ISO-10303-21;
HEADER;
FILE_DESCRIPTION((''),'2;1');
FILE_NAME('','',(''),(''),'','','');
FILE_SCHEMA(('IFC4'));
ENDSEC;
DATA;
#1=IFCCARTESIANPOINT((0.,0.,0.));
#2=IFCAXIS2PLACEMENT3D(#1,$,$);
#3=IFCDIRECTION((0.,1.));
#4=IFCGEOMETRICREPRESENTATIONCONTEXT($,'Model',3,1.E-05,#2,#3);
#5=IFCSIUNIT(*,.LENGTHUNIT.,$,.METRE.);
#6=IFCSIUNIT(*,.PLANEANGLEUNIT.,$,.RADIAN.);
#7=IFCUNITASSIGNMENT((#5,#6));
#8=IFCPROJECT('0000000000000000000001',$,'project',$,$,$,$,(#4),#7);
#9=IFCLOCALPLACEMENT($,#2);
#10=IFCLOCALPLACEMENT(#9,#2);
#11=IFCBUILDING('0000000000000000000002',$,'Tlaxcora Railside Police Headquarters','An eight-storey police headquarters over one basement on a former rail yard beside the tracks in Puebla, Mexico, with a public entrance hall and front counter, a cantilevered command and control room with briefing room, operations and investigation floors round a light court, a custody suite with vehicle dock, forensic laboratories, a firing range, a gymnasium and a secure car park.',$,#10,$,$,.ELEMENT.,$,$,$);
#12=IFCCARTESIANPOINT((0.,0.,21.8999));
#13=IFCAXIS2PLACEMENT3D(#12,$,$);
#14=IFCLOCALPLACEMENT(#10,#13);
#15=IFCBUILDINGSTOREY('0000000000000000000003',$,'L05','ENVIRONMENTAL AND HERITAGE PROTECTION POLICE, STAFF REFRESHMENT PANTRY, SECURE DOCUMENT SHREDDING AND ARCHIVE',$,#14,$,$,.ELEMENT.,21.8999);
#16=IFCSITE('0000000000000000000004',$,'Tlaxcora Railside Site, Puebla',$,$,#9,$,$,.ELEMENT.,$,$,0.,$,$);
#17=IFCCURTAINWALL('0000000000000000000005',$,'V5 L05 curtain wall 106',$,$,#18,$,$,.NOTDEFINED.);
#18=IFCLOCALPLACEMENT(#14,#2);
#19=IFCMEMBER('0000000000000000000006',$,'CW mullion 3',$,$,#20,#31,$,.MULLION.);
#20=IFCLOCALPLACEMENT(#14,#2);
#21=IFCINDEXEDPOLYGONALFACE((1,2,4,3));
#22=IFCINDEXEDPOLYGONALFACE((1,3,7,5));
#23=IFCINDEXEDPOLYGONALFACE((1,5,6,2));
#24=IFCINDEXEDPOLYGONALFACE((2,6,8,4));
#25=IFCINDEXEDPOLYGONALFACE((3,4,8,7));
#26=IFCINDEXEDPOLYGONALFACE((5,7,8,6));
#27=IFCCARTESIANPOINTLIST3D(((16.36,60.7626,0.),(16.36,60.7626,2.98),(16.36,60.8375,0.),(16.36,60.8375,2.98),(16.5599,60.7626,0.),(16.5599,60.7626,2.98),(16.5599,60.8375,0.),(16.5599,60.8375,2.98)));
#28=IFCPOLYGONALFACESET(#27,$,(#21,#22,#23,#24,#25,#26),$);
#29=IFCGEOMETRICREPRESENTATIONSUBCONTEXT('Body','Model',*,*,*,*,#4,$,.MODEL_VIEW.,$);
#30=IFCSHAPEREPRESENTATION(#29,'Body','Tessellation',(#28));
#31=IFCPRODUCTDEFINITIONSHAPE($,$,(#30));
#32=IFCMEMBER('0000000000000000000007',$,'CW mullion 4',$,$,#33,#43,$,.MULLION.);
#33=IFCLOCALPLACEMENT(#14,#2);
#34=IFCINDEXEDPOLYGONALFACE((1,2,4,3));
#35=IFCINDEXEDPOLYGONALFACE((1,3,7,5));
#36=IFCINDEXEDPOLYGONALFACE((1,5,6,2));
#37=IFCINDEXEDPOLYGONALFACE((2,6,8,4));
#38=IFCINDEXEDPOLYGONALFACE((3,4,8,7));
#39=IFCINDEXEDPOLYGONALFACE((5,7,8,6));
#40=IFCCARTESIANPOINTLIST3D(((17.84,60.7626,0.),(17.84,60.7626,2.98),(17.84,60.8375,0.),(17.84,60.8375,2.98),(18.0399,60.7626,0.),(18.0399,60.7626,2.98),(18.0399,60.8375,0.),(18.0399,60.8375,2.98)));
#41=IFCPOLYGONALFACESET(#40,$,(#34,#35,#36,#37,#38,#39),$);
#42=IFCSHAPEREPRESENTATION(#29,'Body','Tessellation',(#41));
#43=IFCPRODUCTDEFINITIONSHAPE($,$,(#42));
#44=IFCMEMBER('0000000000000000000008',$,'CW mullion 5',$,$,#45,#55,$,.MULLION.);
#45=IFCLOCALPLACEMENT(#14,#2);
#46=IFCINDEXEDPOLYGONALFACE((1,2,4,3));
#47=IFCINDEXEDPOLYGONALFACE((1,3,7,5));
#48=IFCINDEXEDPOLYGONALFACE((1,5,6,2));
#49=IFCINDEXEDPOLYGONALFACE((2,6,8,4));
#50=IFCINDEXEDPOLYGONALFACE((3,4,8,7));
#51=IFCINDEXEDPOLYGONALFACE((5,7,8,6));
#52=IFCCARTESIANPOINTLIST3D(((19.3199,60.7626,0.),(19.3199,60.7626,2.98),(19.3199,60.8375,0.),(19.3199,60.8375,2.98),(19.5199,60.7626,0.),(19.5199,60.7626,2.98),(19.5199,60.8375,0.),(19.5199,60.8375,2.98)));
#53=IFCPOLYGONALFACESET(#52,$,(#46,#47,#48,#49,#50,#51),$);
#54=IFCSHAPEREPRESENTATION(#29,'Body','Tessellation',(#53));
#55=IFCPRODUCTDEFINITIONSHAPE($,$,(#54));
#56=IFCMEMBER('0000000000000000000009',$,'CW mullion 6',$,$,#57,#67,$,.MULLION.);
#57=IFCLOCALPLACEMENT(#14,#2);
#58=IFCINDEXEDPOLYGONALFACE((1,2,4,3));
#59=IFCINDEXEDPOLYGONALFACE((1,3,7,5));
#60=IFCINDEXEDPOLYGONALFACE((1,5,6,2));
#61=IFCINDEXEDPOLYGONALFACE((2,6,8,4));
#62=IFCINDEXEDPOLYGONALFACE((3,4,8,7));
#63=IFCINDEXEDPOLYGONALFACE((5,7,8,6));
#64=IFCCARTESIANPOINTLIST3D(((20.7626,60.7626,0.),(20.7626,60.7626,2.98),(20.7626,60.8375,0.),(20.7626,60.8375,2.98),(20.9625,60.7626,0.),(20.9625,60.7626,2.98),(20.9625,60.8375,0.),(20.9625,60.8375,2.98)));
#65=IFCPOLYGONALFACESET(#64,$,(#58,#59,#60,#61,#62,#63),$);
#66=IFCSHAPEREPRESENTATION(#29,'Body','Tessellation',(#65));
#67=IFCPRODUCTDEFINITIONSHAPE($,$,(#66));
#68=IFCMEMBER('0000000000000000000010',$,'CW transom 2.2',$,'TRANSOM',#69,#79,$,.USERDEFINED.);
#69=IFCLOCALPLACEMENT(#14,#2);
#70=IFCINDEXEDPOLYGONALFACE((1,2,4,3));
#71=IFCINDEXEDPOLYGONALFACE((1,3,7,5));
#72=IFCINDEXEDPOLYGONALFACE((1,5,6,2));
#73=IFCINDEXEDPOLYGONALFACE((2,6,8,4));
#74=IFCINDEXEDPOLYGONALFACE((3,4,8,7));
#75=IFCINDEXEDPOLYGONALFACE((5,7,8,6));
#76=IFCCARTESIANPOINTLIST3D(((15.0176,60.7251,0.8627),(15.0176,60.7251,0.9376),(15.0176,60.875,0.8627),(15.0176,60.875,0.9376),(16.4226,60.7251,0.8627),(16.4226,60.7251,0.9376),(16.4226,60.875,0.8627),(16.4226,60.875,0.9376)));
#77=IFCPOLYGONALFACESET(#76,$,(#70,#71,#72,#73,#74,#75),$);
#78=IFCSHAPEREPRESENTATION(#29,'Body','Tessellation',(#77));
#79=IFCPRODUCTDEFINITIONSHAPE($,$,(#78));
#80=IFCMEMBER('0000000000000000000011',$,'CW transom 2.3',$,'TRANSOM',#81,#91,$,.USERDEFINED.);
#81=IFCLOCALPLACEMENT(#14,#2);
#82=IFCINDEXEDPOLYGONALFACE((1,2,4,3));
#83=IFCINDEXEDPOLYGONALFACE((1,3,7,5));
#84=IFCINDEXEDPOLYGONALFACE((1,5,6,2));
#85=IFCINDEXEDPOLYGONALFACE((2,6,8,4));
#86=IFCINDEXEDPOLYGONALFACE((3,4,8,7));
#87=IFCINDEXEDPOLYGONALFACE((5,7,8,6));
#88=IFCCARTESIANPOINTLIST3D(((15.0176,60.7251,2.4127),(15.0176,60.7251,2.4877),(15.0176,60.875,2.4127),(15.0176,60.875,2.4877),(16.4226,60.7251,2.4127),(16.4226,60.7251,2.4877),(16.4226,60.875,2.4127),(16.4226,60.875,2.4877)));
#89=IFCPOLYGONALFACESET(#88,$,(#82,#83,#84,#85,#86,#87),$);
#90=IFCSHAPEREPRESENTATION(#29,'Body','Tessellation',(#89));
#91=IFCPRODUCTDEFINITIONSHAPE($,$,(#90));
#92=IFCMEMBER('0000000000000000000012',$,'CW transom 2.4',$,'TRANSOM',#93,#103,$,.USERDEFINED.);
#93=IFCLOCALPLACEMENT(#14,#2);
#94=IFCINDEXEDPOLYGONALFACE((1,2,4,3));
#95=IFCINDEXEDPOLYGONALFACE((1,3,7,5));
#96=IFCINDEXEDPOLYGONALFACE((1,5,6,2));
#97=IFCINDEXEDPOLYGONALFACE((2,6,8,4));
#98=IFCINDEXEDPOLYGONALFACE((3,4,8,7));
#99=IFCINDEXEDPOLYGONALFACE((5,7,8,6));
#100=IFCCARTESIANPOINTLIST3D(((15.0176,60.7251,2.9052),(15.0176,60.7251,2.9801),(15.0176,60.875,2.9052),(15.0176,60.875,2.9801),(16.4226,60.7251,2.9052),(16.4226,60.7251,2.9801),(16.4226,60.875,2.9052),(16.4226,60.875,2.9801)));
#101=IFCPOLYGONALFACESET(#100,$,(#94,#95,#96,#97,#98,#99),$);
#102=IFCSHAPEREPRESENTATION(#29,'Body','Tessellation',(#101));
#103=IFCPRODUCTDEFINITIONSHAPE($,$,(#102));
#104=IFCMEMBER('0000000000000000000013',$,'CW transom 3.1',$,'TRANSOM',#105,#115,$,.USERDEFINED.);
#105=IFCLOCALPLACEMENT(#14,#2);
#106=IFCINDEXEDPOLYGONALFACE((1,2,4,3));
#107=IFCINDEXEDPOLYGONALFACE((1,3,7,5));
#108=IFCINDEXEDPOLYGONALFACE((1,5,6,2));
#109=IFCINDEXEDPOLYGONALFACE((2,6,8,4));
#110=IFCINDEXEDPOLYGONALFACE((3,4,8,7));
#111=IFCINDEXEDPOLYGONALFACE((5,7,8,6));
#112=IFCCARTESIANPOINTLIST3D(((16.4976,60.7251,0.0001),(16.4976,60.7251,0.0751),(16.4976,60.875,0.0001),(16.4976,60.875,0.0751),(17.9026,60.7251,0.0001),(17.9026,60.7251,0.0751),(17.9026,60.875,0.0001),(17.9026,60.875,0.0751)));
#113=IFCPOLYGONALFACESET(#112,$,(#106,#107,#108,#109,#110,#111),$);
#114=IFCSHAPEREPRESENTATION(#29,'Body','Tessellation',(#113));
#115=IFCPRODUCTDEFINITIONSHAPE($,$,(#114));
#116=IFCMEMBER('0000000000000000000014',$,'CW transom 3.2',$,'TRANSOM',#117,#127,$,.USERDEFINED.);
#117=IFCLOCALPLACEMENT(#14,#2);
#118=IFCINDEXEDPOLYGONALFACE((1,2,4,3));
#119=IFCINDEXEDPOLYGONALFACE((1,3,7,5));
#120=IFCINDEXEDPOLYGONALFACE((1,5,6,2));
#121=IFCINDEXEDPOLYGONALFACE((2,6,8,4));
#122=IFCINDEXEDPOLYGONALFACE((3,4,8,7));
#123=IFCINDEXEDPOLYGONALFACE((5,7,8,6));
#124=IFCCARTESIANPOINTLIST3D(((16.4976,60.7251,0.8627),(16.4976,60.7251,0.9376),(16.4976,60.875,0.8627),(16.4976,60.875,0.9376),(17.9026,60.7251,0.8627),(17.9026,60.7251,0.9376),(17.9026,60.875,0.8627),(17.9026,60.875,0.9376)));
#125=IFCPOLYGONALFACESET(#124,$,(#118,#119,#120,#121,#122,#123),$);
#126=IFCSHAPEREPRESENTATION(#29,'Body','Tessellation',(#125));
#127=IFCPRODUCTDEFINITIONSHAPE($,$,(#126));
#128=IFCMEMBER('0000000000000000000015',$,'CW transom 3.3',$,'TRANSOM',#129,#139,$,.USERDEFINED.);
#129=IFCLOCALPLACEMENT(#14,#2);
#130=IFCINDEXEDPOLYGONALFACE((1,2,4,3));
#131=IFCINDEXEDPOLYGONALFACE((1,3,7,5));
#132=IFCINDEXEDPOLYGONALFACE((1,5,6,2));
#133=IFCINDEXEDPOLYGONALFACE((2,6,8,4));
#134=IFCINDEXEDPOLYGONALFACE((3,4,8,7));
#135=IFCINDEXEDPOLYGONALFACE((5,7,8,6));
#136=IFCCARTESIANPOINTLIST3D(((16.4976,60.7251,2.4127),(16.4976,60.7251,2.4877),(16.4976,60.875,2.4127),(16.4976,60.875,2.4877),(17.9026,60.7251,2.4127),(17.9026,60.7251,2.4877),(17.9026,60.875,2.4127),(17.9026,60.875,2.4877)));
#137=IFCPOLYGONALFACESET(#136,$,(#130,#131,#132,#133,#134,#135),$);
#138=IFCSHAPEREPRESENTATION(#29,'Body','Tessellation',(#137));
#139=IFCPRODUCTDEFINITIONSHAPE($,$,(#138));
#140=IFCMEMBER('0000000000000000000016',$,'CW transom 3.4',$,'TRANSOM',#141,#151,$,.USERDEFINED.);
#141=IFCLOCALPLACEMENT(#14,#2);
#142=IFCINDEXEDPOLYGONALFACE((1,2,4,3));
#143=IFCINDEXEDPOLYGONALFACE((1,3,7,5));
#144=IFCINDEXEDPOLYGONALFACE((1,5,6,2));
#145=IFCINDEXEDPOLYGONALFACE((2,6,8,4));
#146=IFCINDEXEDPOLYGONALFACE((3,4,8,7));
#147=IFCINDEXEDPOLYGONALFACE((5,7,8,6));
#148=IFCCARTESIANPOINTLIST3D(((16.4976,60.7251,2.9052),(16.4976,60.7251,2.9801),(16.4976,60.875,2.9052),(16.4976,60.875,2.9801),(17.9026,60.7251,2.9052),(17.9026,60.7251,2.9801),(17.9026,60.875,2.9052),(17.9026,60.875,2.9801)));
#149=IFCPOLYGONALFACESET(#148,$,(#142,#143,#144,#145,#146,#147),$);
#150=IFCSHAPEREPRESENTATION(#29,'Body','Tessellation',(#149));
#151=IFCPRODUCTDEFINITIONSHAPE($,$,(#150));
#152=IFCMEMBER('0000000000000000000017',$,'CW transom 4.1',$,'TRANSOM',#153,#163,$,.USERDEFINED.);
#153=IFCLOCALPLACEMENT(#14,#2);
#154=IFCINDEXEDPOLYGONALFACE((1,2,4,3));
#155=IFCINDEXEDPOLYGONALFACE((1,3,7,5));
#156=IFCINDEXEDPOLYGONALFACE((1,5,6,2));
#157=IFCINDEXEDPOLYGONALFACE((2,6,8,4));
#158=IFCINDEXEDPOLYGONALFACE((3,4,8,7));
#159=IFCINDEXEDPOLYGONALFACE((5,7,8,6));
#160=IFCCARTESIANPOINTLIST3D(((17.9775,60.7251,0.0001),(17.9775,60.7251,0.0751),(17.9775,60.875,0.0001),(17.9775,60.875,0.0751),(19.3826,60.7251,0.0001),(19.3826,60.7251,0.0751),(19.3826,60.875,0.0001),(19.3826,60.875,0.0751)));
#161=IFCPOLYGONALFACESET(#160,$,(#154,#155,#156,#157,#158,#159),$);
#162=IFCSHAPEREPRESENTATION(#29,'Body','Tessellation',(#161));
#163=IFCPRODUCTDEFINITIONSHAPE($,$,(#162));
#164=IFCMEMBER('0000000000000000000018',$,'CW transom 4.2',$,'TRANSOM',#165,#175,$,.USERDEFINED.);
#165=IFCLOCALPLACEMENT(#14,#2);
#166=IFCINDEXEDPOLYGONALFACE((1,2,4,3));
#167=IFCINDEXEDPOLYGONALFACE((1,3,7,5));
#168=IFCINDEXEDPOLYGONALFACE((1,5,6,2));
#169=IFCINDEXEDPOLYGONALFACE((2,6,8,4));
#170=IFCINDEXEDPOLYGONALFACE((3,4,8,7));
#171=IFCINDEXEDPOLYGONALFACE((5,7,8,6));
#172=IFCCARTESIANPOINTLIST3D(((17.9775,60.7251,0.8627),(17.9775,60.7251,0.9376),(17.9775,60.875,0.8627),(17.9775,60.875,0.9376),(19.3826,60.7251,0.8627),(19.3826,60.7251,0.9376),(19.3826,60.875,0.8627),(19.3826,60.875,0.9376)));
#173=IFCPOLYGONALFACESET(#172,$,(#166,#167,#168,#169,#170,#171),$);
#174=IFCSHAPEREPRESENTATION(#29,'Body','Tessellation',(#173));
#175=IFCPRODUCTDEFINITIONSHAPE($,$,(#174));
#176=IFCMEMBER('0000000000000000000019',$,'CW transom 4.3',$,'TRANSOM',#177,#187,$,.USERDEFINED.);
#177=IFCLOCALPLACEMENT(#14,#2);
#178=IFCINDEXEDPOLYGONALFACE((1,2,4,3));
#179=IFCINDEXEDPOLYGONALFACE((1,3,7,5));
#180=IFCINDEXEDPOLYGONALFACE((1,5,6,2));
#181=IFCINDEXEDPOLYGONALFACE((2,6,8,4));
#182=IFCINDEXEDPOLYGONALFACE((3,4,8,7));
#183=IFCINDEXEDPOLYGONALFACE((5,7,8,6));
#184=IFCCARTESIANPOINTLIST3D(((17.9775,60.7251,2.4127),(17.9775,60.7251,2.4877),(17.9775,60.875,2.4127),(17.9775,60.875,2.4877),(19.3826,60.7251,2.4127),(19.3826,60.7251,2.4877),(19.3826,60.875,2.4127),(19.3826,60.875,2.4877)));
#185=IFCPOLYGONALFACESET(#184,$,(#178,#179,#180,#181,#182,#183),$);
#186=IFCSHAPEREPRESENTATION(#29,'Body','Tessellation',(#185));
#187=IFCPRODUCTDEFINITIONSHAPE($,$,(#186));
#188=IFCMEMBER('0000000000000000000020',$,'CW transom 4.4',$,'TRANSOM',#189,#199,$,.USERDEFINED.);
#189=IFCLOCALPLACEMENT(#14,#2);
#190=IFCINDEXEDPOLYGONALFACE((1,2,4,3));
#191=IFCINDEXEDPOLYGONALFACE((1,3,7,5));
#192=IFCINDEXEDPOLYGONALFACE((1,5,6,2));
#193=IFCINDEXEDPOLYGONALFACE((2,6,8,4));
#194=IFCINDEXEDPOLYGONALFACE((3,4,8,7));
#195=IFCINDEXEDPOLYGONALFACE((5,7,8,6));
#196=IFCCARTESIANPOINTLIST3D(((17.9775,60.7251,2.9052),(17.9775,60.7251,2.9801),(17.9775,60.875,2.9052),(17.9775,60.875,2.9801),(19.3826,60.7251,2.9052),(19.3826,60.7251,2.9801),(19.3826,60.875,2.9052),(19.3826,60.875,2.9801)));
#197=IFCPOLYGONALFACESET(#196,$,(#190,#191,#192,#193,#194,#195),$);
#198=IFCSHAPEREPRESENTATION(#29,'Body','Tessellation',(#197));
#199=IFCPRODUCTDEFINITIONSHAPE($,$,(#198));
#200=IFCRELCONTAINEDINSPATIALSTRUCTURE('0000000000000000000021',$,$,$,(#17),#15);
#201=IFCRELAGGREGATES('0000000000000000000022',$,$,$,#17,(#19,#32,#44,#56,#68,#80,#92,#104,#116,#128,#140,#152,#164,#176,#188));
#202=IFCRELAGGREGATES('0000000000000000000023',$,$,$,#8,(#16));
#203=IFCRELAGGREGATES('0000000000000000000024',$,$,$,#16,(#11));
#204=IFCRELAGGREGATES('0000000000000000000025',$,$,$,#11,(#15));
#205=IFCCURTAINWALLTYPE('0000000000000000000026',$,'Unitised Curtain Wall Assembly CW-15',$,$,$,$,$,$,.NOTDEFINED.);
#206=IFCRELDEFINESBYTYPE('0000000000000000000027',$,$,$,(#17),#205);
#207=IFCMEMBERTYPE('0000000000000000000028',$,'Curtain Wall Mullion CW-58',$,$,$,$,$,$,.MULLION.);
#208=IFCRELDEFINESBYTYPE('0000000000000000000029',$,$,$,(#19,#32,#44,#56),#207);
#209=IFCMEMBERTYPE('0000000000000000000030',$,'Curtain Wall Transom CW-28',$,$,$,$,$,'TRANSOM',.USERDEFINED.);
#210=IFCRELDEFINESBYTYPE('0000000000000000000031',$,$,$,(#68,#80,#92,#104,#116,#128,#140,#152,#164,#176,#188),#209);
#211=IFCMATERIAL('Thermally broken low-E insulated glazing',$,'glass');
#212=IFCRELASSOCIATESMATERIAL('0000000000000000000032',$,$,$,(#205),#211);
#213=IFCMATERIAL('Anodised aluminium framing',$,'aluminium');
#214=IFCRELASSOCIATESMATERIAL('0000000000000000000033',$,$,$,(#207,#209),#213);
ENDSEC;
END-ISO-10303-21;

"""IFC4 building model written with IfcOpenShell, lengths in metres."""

from ifc_helpers import new_model, si_unit, direction, frame, origin, origin_2d, place, context, subcontext, project, spatial, rectangle, extrude, material, material_profile, profile_set, type_object, element, aggregate, save


model = new_model("IFC4")

# Units and contexts
model_context = context("Model", 3, precision=1e-05, world=origin(), true_north=direction((0.0, 1.0)))
body_context = subcontext(model_context, "Body", "Model", "MODEL_VIEW")
ifc_project = project(units=[si_unit("LENGTHUNIT", "METRE"), si_unit("PLANEANGLEUNIT", "RADIAN")], contexts=[model_context])

# Site, building, storey
site_placement = place(None, origin())
site = spatial("IfcSite", under=ifc_project, at=site_placement, Name="Tlaxcora Railside Site, Puebla", CompositionType="ELEMENT", RefElevation=0.0)
building_placement = place(site_placement, origin())
building = spatial("IfcBuilding", under=site, at=building_placement, Name="Tlaxcora Railside Police Headquarters", Description="An eight-storey police headquarters over one basement on a former rail yard beside the tracks in Puebla, Mexico, with a public entrance hall and front counter, a cantilevered command and control room with briefing room, operations and investigation floors round a light court, a custody suite with vehicle dock, forensic laboratories, a firing range, a gymnasium and a secure car park.", CompositionType="ELEMENT")
storey_placement = place(building_placement, frame((0.0, 0.0, 21.8999)))
storey = spatial("IfcBuildingStorey", under=building, at=storey_placement, Name="L05", Description="ENVIRONMENTAL AND HERITAGE PROTECTION POLICE, STAFF REFRESHMENT PANTRY, SECURE DOCUMENT SHREDDING AND ARCHIVE", CompositionType="ELEMENT", Elevation=21.8999)

# Curtain wall, members
ifc_material_1 = material(Name="Thermally broken low-E insulated glazing", Category="glass")
curtain_wall_type = type_object("IfcCurtainWallType", Name="Unitised Curtain Wall Assembly CW-15", PredefinedType="NOTDEFINED", material=ifc_material_1)
curtain_wall_placement = place(storey_placement, origin())
curtain_wall = element("IfcCurtainWall", 1, at=curtain_wall_placement, inside=storey, type_object=curtain_wall_type, Name="V5 L05 curtain wall 106", PredefinedType="NOTDEFINED")
ifc_material_2 = material(Name="Anodised aluminium framing", Category="aluminium")
ifc_material_profile_1 = material_profile(ifc_material_2, rectangle(XDim=0.075, YDim=0.2, at=origin_2d()), Name="AL75X200")
ifc_profile_set_1 = profile_set([ifc_material_profile_1], Name="Anodised aluminium framing")
member_type_1 = type_object("IfcMemberType", Name="Curtain Wall Mullion CW-58", PredefinedType="MULLION", material=ifc_profile_set_1)
member_1_placement = place(storey_placement, frame((16.46, 60.8, 0.0), z_axis=(0.0, 0.0, 1.0), x_axis=(0.0, 1.0, 0.0)))
member_1 = element("IfcMember", 2, at=member_1_placement, type_object=member_type_1, Name="CW mullion 3", PredefinedType="MULLION", context=body_context, shape_type="SweptSolid", body=[
    extrude(rectangle(XDim=0.075, YDim=0.2, at=origin_2d()), origin(), (0.0, 0.0, 1.0), 2.98),
])
member_2_placement = place(storey_placement, frame((17.9399, 60.8, 0.0), z_axis=(0.0, 0.0, 1.0), x_axis=(0.0, 1.0, 0.0)))
member_2 = element("IfcMember", 3, at=member_2_placement, type_object=member_type_1, Name="CW mullion 4", PredefinedType="MULLION", context=body_context, shape_type="SweptSolid", body=[
    extrude(rectangle(XDim=0.075, YDim=0.2, at=origin_2d()), origin(), (0.0, 0.0, 1.0), 2.98),
])
member_3_placement = place(storey_placement, frame((19.4199, 60.8, 0.0), z_axis=(0.0, 0.0, 1.0), x_axis=(0.0, 1.0, 0.0)))
member_3 = element("IfcMember", 4, at=member_3_placement, type_object=member_type_1, Name="CW mullion 5", PredefinedType="MULLION", context=body_context, shape_type="SweptSolid", body=[
    extrude(rectangle(XDim=0.075, YDim=0.2, at=origin_2d()), origin(), (0.0, 0.0, 1.0), 2.98),
])
member_4_placement = place(storey_placement, frame((20.8625, 60.8, 0.0), z_axis=(0.0, 0.0, 1.0), x_axis=(0.0, 1.0, 0.0)))
member_4 = element("IfcMember", 5, at=member_4_placement, type_object=member_type_1, Name="CW mullion 6", PredefinedType="MULLION", context=body_context, shape_type="SweptSolid", body=[
    extrude(rectangle(XDim=0.075, YDim=0.2, at=origin_2d()), origin(), (0.0, 0.0, 1.0), 2.98),
])
ifc_material_profile_2 = material_profile(ifc_material_2, rectangle(XDim=0.1499, YDim=0.075, at=origin_2d()), Name="AL75X150")
ifc_profile_set_2 = profile_set([ifc_material_profile_2], Name="Anodised aluminium framing")
member_type_2 = type_object("IfcMemberType", Name="Curtain Wall Transom CW-28", ElementType="TRANSOM", PredefinedType="USERDEFINED", material=ifc_profile_set_2)
member_5_placement = place(storey_placement, frame((15.0176, 60.8, 0.9001), z_axis=(1.0, 0.0, 0.0), x_axis=(0.0, 1.0, 0.0)))
member_5 = element("IfcMember", 6, at=member_5_placement, type_object=member_type_2, Name="CW transom 2.2", ObjectType="TRANSOM", PredefinedType="USERDEFINED", context=body_context, shape_type="SweptSolid", body=[
    extrude(rectangle(XDim=0.1499, YDim=0.075, at=origin_2d()), origin(), (0.0, 0.0, 1.0), 1.405),
])
member_6_placement = place(storey_placement, frame((15.0176, 60.8, 2.4502), z_axis=(1.0, 0.0, 0.0), x_axis=(0.0, 1.0, 0.0)))
member_6 = element("IfcMember", 7, at=member_6_placement, type_object=member_type_2, Name="CW transom 2.3", ObjectType="TRANSOM", PredefinedType="USERDEFINED", context=body_context, shape_type="SweptSolid", body=[
    extrude(rectangle(XDim=0.1499, YDim=0.075, at=origin_2d()), origin(), (0.0, 0.0, 1.0), 1.405),
])
member_7_placement = place(storey_placement, frame((15.0176, 60.8, 2.9426), z_axis=(1.0, 0.0, 0.0), x_axis=(0.0, 1.0, 0.0)))
member_7 = element("IfcMember", 8, at=member_7_placement, type_object=member_type_2, Name="CW transom 2.4", ObjectType="TRANSOM", PredefinedType="USERDEFINED", context=body_context, shape_type="SweptSolid", body=[
    extrude(rectangle(XDim=0.1499, YDim=0.075, at=origin_2d()), origin(), (0.0, 0.0, 1.0), 1.405),
])
member_8_placement = place(storey_placement, frame((16.4976, 60.8, 0.0376), z_axis=(1.0, 0.0, 0.0), x_axis=(0.0, 1.0, 0.0)))
member_8 = element("IfcMember", 9, at=member_8_placement, type_object=member_type_2, Name="CW transom 3.1", ObjectType="TRANSOM", PredefinedType="USERDEFINED", context=body_context, shape_type="SweptSolid", body=[
    extrude(rectangle(XDim=0.1499, YDim=0.075, at=origin_2d()), origin(), (0.0, 0.0, 1.0), 1.405),
])
member_9_placement = place(storey_placement, frame((16.4976, 60.8, 0.9001), z_axis=(1.0, 0.0, 0.0), x_axis=(0.0, 1.0, 0.0)))
member_9 = element("IfcMember", 10, at=member_9_placement, type_object=member_type_2, Name="CW transom 3.2", ObjectType="TRANSOM", PredefinedType="USERDEFINED", context=body_context, shape_type="SweptSolid", body=[
    extrude(rectangle(XDim=0.1499, YDim=0.075, at=origin_2d()), origin(), (0.0, 0.0, 1.0), 1.405),
])
member_10_placement = place(storey_placement, frame((16.4976, 60.8, 2.4502), z_axis=(1.0, 0.0, 0.0), x_axis=(0.0, 1.0, 0.0)))
member_10 = element("IfcMember", 11, at=member_10_placement, type_object=member_type_2, Name="CW transom 3.3", ObjectType="TRANSOM", PredefinedType="USERDEFINED", context=body_context, shape_type="SweptSolid", body=[
    extrude(rectangle(XDim=0.1499, YDim=0.075, at=origin_2d()), origin(), (0.0, 0.0, 1.0), 1.405),
])
member_11_placement = place(storey_placement, frame((16.4976, 60.8, 2.9426), z_axis=(1.0, 0.0, 0.0), x_axis=(0.0, 1.0, 0.0)))
member_11 = element("IfcMember", 12, at=member_11_placement, type_object=member_type_2, Name="CW transom 3.4", ObjectType="TRANSOM", PredefinedType="USERDEFINED", context=body_context, shape_type="SweptSolid", body=[
    extrude(rectangle(XDim=0.1499, YDim=0.075, at=origin_2d()), origin(), (0.0, 0.0, 1.0), 1.405),
])
member_12_placement = place(storey_placement, frame((17.9775, 60.8, 0.0376), z_axis=(1.0, 0.0, 0.0), x_axis=(0.0, 1.0, 0.0)))
member_12 = element("IfcMember", 13, at=member_12_placement, type_object=member_type_2, Name="CW transom 4.1", ObjectType="TRANSOM", PredefinedType="USERDEFINED", context=body_context, shape_type="SweptSolid", body=[
    extrude(rectangle(XDim=0.1499, YDim=0.075, at=origin_2d()), origin(), (0.0, 0.0, 1.0), 1.405),
])
member_13_placement = place(storey_placement, frame((17.9775, 60.8, 0.9001), z_axis=(1.0, 0.0, 0.0), x_axis=(0.0, 1.0, 0.0)))
member_13 = element("IfcMember", 14, at=member_13_placement, type_object=member_type_2, Name="CW transom 4.2", ObjectType="TRANSOM", PredefinedType="USERDEFINED", context=body_context, shape_type="SweptSolid", body=[
    extrude(rectangle(XDim=0.1499, YDim=0.075, at=origin_2d()), origin(), (0.0, 0.0, 1.0), 1.405),
])
member_14_placement = place(storey_placement, frame((17.9775, 60.8, 2.4502), z_axis=(1.0, 0.0, 0.0), x_axis=(0.0, 1.0, 0.0)))
member_14 = element("IfcMember", 15, at=member_14_placement, type_object=member_type_2, Name="CW transom 4.3", ObjectType="TRANSOM", PredefinedType="USERDEFINED", context=body_context, shape_type="SweptSolid", body=[
    extrude(rectangle(XDim=0.1499, YDim=0.075, at=origin_2d()), origin(), (0.0, 0.0, 1.0), 1.405),
])
member_15_placement = place(storey_placement, frame((17.9775, 60.8, 2.9426), z_axis=(1.0, 0.0, 0.0), x_axis=(0.0, 1.0, 0.0)))
member_15 = element("IfcMember", 16, at=member_15_placement, type_object=member_type_2, Name="CW transom 4.4", ObjectType="TRANSOM", PredefinedType="USERDEFINED", context=body_context, shape_type="SweptSolid", body=[
    extrude(rectangle(XDim=0.1499, YDim=0.075, at=origin_2d()), origin(), (0.0, 0.0, 1.0), 1.405),
])
aggregate(curtain_wall, [member_1, member_2, member_3, member_4, member_5, member_6, member_7, member_8, member_9, member_10, member_11, member_12, member_13, member_14, member_15])

save(model, "model.ifc")
